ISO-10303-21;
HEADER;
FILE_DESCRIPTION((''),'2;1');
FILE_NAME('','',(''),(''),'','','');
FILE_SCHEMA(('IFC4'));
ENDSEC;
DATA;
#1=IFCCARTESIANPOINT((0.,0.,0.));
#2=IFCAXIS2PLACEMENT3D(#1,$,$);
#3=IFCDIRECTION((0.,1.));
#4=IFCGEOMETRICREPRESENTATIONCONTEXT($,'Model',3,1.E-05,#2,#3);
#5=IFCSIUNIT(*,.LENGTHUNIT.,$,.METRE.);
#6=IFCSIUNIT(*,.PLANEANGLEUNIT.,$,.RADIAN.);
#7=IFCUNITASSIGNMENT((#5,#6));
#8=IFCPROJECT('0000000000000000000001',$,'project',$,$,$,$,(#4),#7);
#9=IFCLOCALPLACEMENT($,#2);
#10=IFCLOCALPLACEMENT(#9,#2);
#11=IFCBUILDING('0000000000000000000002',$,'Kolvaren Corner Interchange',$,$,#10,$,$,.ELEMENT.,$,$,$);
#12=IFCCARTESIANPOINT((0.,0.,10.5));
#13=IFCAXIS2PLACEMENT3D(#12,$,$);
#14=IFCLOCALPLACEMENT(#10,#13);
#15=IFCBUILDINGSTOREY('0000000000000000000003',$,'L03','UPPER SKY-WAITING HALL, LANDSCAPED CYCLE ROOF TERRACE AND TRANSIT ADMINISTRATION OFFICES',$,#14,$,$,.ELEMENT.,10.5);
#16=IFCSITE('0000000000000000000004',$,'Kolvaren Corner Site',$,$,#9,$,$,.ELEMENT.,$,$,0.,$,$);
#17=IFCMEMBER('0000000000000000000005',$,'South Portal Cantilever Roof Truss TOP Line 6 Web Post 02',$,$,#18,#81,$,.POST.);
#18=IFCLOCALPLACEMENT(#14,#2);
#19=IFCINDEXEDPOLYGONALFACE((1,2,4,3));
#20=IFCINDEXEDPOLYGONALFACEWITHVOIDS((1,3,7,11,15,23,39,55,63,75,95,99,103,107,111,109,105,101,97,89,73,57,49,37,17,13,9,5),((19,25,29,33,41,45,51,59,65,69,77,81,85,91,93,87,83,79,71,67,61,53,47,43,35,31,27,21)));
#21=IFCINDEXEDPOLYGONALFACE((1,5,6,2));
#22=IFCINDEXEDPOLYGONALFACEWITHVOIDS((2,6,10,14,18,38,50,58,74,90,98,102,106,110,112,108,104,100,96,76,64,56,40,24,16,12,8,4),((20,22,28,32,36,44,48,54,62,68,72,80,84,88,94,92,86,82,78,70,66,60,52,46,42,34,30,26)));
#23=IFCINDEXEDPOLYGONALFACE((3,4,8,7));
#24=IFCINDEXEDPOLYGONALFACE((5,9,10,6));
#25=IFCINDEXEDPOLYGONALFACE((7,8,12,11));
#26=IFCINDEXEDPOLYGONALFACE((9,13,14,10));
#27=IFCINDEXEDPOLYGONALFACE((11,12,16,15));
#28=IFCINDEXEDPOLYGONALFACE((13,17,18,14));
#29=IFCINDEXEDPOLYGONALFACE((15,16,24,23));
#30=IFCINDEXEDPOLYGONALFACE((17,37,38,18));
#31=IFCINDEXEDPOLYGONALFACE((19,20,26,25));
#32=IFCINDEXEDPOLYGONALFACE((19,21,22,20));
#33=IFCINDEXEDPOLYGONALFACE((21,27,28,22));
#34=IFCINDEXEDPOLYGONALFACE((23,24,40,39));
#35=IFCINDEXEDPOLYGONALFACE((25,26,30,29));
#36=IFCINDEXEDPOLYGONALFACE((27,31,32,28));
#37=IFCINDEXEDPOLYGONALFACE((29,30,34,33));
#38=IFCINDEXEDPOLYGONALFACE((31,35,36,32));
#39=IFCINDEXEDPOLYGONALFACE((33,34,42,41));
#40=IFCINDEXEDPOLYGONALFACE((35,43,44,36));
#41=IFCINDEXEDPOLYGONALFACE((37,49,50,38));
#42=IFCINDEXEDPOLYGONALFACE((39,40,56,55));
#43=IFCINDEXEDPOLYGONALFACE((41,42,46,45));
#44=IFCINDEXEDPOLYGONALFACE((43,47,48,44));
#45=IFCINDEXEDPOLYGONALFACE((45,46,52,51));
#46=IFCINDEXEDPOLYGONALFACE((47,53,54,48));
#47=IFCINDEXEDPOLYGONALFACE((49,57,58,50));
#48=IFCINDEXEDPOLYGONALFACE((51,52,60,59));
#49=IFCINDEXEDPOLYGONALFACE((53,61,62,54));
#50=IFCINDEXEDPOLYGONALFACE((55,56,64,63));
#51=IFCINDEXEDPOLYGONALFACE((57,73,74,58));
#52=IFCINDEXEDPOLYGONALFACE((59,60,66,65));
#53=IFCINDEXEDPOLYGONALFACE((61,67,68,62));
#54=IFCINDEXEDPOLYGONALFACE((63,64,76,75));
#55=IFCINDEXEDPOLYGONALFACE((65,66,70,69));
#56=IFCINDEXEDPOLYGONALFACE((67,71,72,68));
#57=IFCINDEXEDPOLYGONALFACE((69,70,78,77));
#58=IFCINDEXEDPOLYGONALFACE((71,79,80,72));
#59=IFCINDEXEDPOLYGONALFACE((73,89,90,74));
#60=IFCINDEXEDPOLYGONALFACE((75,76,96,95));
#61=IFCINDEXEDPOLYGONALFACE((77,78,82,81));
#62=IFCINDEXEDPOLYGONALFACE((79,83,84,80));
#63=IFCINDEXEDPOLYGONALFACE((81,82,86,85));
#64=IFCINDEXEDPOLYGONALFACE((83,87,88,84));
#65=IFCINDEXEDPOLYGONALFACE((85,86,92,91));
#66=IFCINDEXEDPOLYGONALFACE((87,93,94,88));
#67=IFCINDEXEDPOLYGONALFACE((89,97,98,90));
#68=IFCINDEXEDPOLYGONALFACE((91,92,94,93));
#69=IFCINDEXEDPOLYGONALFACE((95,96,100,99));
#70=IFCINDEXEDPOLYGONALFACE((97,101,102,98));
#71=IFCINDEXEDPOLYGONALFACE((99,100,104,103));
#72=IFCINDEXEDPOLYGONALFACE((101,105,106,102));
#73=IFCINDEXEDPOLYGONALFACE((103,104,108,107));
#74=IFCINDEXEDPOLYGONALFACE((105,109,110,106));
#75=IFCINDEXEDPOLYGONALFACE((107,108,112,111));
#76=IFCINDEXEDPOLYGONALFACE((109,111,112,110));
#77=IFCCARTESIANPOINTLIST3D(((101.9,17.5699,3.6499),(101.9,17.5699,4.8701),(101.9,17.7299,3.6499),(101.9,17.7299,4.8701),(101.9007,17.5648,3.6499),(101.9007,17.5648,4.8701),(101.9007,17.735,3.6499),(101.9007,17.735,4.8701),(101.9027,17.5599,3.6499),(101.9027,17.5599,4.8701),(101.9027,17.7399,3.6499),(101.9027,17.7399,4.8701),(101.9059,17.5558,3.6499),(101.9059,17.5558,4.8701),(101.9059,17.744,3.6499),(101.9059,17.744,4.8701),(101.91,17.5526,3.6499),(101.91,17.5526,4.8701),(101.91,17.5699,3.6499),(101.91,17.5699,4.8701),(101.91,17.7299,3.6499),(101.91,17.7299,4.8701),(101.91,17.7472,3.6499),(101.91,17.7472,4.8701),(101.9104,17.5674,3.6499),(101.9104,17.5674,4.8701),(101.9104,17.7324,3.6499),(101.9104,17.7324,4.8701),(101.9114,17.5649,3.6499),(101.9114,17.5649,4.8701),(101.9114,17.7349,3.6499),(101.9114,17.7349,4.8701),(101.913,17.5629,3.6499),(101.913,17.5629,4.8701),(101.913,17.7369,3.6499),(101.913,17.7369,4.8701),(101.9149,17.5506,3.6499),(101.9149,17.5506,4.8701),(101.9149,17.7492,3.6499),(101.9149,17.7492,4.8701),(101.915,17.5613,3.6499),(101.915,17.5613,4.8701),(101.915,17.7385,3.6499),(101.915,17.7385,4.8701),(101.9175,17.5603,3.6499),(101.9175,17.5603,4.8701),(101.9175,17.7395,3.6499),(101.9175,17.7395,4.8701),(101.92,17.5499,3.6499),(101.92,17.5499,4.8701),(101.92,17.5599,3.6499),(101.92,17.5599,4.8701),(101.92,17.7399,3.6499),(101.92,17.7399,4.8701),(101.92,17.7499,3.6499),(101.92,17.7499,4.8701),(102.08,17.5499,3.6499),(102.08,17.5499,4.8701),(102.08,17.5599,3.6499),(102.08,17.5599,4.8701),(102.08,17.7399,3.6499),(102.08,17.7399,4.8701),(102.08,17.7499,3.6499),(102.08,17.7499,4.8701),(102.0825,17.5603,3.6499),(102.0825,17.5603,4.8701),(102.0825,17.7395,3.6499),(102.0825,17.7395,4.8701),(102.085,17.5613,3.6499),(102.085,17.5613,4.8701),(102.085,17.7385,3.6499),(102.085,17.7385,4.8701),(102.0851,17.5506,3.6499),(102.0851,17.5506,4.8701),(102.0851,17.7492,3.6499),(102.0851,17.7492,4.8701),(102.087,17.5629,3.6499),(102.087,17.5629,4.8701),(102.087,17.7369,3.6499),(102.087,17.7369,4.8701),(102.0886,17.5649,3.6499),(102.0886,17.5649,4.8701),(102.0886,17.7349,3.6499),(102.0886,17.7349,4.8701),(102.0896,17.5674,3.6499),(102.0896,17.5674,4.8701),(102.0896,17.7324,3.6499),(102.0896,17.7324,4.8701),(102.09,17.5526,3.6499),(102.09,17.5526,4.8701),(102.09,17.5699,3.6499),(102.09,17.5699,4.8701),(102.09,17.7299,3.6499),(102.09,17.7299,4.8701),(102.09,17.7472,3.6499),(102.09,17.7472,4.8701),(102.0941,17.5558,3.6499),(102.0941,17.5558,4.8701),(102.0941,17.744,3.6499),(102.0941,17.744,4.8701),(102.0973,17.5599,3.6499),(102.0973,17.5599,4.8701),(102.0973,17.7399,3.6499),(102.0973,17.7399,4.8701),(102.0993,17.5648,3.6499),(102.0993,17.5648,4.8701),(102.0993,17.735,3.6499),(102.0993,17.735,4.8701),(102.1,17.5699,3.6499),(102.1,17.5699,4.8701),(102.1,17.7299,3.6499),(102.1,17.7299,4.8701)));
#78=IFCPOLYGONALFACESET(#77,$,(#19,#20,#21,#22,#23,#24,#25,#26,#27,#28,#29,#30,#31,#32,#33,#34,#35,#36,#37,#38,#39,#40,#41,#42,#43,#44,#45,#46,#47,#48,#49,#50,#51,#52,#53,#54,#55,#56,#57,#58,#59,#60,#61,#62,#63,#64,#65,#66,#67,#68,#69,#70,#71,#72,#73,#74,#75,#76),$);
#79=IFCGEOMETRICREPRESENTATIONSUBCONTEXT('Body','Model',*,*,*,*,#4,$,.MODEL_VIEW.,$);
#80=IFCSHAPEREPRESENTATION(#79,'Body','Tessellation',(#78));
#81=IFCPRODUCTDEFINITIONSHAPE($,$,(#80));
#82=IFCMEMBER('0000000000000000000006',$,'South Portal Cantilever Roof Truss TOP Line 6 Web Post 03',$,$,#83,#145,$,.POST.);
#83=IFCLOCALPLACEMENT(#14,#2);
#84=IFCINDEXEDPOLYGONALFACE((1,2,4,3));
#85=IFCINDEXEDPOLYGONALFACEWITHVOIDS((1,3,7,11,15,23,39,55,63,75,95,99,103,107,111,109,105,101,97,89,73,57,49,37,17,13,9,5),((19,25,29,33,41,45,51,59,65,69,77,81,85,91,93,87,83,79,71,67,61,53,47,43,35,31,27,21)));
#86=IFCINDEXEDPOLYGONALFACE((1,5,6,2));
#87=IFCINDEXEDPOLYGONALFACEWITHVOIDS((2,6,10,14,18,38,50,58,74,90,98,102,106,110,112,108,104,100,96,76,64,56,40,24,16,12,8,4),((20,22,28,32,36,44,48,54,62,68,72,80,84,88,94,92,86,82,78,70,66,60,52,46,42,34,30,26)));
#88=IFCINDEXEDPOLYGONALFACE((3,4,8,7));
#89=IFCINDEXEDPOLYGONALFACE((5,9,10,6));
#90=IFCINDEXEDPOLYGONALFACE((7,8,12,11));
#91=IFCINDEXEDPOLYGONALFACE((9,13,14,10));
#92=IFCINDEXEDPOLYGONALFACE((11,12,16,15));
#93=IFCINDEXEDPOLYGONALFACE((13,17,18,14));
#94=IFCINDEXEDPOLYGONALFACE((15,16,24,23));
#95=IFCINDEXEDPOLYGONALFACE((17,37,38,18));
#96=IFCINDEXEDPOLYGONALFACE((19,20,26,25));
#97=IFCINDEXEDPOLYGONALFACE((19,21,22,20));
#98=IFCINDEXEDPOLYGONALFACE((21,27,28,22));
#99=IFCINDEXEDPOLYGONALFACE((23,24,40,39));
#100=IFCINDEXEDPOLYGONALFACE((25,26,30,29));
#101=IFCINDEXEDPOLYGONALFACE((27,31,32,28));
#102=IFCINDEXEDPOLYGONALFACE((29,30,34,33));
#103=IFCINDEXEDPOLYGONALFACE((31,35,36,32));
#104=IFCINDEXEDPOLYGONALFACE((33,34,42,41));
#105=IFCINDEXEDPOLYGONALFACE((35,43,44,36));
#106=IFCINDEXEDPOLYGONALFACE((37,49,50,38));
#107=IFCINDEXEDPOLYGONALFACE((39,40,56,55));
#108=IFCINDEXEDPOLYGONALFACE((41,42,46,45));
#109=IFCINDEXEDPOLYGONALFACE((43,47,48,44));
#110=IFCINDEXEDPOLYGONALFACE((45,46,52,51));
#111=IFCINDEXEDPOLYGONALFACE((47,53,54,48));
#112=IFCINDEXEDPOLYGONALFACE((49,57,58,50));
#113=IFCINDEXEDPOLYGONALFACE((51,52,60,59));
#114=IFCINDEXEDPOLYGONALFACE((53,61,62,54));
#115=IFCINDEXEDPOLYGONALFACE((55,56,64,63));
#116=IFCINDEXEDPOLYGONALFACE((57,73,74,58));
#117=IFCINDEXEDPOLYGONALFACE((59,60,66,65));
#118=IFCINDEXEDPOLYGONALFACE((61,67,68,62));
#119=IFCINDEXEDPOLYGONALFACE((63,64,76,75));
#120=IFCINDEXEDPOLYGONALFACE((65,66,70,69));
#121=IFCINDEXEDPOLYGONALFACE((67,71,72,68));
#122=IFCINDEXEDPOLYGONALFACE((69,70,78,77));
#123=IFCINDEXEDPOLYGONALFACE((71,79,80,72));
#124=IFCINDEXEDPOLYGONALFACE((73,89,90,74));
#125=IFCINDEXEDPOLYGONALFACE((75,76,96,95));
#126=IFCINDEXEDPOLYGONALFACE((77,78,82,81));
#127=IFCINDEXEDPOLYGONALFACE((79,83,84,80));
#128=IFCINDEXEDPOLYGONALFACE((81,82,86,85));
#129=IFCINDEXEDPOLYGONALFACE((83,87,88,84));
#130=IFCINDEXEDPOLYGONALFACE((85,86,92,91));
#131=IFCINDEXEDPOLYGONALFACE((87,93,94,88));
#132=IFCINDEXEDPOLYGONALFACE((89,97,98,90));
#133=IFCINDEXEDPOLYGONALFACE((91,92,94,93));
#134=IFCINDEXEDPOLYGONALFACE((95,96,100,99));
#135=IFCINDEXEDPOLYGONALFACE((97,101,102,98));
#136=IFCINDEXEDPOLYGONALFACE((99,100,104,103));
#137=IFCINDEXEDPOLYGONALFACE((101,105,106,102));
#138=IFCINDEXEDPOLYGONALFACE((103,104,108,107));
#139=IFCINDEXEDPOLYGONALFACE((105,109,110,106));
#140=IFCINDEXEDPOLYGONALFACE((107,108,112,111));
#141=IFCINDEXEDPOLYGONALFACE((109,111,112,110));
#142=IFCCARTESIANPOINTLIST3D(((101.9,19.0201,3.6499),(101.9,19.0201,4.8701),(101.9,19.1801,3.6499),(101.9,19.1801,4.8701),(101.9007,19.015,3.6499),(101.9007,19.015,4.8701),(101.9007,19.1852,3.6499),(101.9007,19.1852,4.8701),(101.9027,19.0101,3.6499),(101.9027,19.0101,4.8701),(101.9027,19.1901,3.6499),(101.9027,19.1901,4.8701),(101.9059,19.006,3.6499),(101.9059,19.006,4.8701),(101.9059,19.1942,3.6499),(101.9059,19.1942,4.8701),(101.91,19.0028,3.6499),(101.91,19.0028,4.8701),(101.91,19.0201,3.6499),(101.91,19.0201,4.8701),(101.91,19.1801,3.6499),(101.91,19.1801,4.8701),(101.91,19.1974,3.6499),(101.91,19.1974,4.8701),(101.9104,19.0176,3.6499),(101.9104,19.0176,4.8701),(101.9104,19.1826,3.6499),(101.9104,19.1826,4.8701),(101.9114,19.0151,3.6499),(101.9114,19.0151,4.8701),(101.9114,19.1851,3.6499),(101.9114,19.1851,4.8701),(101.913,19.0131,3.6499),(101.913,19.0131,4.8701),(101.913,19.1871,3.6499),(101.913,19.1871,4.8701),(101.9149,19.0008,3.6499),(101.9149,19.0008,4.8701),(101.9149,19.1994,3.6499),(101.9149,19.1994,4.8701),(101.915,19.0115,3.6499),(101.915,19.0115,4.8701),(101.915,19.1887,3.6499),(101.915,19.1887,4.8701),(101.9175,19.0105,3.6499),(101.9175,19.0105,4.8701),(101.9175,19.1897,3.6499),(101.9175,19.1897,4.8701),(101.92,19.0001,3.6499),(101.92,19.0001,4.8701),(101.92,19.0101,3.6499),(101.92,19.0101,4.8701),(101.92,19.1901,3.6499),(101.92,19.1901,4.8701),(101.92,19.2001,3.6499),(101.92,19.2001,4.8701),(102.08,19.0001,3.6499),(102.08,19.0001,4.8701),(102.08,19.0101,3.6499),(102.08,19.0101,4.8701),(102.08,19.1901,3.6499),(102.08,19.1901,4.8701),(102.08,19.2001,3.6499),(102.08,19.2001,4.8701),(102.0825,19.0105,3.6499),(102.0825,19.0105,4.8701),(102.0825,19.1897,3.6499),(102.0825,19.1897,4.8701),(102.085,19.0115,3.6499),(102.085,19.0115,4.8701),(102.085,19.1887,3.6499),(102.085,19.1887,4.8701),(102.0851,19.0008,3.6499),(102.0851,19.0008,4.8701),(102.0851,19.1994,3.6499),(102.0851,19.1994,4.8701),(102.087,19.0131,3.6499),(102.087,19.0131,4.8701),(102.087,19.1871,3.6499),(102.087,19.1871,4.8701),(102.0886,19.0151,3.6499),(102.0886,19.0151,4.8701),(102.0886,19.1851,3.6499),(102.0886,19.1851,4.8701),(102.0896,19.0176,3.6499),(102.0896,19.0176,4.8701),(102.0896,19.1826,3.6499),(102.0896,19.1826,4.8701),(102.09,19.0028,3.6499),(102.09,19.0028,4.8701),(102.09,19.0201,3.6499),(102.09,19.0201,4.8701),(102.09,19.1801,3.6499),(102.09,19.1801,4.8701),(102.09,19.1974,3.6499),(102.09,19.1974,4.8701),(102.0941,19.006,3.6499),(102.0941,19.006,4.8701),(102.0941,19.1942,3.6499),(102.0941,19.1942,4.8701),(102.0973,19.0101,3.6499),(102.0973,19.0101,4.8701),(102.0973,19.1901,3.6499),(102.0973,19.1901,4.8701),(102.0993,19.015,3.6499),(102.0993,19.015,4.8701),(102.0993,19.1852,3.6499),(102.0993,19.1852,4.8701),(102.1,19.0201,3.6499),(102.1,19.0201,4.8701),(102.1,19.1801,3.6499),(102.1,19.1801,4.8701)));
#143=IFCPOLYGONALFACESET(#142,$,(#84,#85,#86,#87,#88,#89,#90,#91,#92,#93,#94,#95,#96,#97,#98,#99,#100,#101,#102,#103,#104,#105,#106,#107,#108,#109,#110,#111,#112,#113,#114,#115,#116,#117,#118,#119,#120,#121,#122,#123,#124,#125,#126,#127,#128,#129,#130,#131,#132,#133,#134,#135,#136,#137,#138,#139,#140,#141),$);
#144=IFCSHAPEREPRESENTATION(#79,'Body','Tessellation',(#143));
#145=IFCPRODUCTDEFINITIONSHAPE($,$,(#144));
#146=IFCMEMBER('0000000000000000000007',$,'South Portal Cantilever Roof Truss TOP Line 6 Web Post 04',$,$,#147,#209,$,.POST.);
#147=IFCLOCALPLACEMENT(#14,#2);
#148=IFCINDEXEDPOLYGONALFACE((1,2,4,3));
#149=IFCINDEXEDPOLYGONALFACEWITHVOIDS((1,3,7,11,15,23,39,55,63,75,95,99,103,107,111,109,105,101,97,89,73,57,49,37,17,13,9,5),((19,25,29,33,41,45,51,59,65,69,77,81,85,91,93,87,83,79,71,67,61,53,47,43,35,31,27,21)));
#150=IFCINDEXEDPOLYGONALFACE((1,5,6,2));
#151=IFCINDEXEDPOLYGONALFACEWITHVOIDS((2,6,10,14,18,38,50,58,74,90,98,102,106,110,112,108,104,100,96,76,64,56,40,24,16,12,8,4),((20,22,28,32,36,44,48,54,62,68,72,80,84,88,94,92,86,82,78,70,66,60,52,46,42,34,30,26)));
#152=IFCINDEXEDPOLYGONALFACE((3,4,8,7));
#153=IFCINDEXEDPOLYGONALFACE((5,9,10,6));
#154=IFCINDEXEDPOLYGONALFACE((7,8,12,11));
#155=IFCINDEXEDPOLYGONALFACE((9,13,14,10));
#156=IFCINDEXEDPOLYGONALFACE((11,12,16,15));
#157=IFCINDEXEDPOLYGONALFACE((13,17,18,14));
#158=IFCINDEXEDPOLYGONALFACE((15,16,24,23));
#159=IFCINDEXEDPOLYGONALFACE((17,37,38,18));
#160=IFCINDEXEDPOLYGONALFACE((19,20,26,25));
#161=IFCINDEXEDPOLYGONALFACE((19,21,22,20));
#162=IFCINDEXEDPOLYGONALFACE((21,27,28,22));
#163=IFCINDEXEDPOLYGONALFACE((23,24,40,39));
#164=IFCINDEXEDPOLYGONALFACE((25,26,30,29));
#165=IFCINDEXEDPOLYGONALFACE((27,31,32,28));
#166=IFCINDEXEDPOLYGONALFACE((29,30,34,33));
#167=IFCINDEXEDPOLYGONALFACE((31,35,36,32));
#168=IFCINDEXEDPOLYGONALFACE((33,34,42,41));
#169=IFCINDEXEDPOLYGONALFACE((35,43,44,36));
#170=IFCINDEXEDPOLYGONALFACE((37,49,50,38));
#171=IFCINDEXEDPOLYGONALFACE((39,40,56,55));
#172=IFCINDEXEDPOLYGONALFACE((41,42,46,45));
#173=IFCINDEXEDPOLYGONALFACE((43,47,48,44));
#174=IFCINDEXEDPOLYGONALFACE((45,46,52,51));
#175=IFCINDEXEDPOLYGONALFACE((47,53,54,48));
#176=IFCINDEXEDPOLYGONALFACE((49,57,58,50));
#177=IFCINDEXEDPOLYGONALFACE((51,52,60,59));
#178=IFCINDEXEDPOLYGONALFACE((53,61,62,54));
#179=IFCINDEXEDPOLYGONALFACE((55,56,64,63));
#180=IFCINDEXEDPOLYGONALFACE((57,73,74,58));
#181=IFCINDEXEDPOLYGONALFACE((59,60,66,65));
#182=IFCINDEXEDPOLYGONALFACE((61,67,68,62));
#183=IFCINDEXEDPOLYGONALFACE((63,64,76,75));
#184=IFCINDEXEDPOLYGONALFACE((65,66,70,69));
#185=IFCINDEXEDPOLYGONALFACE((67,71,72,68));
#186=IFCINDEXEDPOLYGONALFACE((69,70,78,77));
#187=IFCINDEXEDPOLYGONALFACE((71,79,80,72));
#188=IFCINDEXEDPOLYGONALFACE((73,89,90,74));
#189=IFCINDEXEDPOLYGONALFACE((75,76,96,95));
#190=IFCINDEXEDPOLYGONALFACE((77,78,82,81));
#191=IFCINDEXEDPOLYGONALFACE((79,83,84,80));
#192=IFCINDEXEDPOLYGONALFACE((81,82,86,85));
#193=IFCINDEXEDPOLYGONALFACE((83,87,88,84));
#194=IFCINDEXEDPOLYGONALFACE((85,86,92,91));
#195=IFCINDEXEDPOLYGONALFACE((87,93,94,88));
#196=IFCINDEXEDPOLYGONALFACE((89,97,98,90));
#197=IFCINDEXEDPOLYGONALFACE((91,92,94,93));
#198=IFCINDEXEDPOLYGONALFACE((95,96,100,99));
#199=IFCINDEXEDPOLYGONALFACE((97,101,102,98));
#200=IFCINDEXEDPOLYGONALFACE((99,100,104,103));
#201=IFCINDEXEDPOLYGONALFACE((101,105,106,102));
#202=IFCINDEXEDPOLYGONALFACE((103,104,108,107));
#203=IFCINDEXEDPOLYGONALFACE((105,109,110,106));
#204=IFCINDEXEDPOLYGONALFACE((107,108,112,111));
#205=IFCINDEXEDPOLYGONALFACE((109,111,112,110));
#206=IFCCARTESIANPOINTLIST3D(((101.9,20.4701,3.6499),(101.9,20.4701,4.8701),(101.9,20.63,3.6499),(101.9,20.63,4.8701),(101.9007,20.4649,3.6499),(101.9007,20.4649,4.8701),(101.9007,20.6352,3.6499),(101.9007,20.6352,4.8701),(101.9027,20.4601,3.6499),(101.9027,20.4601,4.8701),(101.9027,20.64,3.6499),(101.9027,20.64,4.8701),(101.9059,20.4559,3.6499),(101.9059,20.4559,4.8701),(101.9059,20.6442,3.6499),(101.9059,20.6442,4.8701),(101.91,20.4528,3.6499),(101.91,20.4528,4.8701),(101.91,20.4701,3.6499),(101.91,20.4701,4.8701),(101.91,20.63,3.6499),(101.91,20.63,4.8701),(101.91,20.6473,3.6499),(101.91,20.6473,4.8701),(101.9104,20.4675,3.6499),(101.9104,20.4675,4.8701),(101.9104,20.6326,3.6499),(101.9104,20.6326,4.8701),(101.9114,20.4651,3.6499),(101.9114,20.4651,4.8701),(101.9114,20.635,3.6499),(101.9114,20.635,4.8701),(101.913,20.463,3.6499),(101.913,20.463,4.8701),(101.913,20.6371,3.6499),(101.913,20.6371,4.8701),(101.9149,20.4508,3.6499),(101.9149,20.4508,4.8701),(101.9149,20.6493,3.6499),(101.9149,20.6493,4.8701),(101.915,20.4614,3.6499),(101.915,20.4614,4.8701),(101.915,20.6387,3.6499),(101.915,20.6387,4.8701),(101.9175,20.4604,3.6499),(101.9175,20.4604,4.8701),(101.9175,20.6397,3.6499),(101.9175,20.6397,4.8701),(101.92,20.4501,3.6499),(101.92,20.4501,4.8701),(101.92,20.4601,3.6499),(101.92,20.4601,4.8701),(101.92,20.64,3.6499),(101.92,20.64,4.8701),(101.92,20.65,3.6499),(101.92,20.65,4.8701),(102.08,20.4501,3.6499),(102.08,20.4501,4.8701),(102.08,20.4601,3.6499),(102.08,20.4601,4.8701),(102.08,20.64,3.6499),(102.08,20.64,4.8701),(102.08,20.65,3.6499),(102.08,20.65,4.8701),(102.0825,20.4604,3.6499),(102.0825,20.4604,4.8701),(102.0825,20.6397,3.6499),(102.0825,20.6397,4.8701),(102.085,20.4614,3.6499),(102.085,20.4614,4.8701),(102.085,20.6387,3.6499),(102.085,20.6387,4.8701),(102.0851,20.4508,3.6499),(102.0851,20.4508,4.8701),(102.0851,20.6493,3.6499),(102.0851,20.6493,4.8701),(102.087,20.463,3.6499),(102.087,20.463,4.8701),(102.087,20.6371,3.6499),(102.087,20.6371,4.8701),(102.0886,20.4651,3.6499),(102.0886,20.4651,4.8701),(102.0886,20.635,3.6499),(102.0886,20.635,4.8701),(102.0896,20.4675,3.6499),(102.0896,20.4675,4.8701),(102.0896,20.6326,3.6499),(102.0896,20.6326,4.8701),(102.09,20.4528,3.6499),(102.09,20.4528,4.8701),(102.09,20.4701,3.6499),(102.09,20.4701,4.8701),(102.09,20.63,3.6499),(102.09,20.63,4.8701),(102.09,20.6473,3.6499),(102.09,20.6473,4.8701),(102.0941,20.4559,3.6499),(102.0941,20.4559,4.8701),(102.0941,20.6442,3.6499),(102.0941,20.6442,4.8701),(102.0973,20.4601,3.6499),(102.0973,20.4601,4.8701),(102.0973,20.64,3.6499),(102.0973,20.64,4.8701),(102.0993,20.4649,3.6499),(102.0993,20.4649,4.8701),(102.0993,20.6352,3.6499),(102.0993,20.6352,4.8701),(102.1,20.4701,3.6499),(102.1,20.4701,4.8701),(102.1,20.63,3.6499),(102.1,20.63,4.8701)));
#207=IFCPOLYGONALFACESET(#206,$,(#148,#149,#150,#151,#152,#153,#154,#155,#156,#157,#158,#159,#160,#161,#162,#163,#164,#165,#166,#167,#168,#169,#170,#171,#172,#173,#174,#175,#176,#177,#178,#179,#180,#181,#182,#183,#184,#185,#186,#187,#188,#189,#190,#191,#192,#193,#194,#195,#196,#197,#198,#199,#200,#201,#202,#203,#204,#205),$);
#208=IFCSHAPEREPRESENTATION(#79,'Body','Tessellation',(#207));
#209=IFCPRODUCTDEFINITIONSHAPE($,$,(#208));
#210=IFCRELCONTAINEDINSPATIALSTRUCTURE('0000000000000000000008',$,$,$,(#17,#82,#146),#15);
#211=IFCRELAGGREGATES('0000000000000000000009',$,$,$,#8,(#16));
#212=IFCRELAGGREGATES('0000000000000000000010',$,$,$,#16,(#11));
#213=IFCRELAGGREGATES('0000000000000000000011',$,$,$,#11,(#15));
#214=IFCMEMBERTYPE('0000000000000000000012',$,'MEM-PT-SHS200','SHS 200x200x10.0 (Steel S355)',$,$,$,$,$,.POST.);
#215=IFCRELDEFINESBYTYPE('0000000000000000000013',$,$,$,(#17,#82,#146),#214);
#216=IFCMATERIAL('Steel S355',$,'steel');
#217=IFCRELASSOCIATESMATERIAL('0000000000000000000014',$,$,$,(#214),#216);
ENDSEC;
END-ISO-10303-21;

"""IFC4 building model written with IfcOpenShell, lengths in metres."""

from ifc_helpers import new_model, si_unit, direction, frame, origin, origin_2d, place, context, subcontext, project, spatial, hollow_rectangle, extrude, material, material_profile, profile_set, type_object, element, save


model = new_model("IFC4")

# Units and contexts
model_context = context("Model", 3, precision=1e-05, world=origin(), true_north=direction((0.0, 1.0)))
body_context = subcontext(model_context, "Body", "Model", "MODEL_VIEW")
ifc_project = project(units=[si_unit("LENGTHUNIT", "METRE"), si_unit("PLANEANGLEUNIT", "RADIAN")], contexts=[model_context])

# Site, building, storey
site_placement = place(None, origin())
site = spatial("IfcSite", under=ifc_project, at=site_placement, Name="Kolvaren Corner Site", CompositionType="ELEMENT", RefElevation=0.0)
building_placement = place(site_placement, origin())
building = spatial("IfcBuilding", under=site, at=building_placement, Name="Kolvaren Corner Interchange", CompositionType="ELEMENT")
storey_placement = place(building_placement, frame((0.0, 0.0, 10.5)))
storey = spatial("IfcBuildingStorey", under=building, at=storey_placement, Name="L03", Description="UPPER SKY-WAITING HALL, LANDSCAPED CYCLE ROOF TERRACE AND TRANSIT ADMINISTRATION OFFICES", CompositionType="ELEMENT", Elevation=10.5)

# Members
ifc_material_1 = material(Name="Steel S355", Category="steel")
ifc_material_profile_1 = material_profile(ifc_material_1, hollow_rectangle(XDim=0.2, YDim=0.2, WallThickness=0.01, InnerFilletRadius=0.01, OuterFilletRadius=0.02, at=origin_2d()), Name="SHS 200x200x10.0")
ifc_profile_set_1 = profile_set([ifc_material_profile_1], Name="Steel S355")
member_type_1 = type_object("IfcMemberType", Name="MEM-PT-SHS200", Description="SHS 200x200x10.0 (Steel S355)", PredefinedType="POST", material=ifc_profile_set_1)
for number, where, z_axis, x_axis, name in (
    (1, (102.0, 17.6499, 3.6499), (0.0, 0.0, 1.0), (1.0, 0.0, 0.0), "South Portal Cantilever Roof Truss TOP Line 6 Web Post 02"),
    (2, (102.0, 19.1001, 3.6499), (0.0, 0.0, 1.0), (1.0, 0.0, 0.0), "South Portal Cantilever Roof Truss TOP Line 6 Web Post 03"),
    (3, (102.0, 20.55, 3.6499), (0.0, 0.0, 1.0), (1.0, 0.0, 0.0), "South Portal Cantilever Roof Truss TOP Line 6 Web Post 04"),
):
    element("IfcMember", number, at=place(storey_placement, frame(where, z_axis=z_axis, x_axis=x_axis)), inside=storey, type_object=member_type_1, Name=name, PredefinedType="POST", context=body_context, shape_type="SweptSolid", body=[
        extrude(hollow_rectangle(XDim=0.2, YDim=0.2, WallThickness=0.01, InnerFilletRadius=0.01, OuterFilletRadius=0.02, at=origin_2d()), origin(), (0.0, 0.0, 1.0), 1.2202),
    ])

save(model, "model.ifc")
